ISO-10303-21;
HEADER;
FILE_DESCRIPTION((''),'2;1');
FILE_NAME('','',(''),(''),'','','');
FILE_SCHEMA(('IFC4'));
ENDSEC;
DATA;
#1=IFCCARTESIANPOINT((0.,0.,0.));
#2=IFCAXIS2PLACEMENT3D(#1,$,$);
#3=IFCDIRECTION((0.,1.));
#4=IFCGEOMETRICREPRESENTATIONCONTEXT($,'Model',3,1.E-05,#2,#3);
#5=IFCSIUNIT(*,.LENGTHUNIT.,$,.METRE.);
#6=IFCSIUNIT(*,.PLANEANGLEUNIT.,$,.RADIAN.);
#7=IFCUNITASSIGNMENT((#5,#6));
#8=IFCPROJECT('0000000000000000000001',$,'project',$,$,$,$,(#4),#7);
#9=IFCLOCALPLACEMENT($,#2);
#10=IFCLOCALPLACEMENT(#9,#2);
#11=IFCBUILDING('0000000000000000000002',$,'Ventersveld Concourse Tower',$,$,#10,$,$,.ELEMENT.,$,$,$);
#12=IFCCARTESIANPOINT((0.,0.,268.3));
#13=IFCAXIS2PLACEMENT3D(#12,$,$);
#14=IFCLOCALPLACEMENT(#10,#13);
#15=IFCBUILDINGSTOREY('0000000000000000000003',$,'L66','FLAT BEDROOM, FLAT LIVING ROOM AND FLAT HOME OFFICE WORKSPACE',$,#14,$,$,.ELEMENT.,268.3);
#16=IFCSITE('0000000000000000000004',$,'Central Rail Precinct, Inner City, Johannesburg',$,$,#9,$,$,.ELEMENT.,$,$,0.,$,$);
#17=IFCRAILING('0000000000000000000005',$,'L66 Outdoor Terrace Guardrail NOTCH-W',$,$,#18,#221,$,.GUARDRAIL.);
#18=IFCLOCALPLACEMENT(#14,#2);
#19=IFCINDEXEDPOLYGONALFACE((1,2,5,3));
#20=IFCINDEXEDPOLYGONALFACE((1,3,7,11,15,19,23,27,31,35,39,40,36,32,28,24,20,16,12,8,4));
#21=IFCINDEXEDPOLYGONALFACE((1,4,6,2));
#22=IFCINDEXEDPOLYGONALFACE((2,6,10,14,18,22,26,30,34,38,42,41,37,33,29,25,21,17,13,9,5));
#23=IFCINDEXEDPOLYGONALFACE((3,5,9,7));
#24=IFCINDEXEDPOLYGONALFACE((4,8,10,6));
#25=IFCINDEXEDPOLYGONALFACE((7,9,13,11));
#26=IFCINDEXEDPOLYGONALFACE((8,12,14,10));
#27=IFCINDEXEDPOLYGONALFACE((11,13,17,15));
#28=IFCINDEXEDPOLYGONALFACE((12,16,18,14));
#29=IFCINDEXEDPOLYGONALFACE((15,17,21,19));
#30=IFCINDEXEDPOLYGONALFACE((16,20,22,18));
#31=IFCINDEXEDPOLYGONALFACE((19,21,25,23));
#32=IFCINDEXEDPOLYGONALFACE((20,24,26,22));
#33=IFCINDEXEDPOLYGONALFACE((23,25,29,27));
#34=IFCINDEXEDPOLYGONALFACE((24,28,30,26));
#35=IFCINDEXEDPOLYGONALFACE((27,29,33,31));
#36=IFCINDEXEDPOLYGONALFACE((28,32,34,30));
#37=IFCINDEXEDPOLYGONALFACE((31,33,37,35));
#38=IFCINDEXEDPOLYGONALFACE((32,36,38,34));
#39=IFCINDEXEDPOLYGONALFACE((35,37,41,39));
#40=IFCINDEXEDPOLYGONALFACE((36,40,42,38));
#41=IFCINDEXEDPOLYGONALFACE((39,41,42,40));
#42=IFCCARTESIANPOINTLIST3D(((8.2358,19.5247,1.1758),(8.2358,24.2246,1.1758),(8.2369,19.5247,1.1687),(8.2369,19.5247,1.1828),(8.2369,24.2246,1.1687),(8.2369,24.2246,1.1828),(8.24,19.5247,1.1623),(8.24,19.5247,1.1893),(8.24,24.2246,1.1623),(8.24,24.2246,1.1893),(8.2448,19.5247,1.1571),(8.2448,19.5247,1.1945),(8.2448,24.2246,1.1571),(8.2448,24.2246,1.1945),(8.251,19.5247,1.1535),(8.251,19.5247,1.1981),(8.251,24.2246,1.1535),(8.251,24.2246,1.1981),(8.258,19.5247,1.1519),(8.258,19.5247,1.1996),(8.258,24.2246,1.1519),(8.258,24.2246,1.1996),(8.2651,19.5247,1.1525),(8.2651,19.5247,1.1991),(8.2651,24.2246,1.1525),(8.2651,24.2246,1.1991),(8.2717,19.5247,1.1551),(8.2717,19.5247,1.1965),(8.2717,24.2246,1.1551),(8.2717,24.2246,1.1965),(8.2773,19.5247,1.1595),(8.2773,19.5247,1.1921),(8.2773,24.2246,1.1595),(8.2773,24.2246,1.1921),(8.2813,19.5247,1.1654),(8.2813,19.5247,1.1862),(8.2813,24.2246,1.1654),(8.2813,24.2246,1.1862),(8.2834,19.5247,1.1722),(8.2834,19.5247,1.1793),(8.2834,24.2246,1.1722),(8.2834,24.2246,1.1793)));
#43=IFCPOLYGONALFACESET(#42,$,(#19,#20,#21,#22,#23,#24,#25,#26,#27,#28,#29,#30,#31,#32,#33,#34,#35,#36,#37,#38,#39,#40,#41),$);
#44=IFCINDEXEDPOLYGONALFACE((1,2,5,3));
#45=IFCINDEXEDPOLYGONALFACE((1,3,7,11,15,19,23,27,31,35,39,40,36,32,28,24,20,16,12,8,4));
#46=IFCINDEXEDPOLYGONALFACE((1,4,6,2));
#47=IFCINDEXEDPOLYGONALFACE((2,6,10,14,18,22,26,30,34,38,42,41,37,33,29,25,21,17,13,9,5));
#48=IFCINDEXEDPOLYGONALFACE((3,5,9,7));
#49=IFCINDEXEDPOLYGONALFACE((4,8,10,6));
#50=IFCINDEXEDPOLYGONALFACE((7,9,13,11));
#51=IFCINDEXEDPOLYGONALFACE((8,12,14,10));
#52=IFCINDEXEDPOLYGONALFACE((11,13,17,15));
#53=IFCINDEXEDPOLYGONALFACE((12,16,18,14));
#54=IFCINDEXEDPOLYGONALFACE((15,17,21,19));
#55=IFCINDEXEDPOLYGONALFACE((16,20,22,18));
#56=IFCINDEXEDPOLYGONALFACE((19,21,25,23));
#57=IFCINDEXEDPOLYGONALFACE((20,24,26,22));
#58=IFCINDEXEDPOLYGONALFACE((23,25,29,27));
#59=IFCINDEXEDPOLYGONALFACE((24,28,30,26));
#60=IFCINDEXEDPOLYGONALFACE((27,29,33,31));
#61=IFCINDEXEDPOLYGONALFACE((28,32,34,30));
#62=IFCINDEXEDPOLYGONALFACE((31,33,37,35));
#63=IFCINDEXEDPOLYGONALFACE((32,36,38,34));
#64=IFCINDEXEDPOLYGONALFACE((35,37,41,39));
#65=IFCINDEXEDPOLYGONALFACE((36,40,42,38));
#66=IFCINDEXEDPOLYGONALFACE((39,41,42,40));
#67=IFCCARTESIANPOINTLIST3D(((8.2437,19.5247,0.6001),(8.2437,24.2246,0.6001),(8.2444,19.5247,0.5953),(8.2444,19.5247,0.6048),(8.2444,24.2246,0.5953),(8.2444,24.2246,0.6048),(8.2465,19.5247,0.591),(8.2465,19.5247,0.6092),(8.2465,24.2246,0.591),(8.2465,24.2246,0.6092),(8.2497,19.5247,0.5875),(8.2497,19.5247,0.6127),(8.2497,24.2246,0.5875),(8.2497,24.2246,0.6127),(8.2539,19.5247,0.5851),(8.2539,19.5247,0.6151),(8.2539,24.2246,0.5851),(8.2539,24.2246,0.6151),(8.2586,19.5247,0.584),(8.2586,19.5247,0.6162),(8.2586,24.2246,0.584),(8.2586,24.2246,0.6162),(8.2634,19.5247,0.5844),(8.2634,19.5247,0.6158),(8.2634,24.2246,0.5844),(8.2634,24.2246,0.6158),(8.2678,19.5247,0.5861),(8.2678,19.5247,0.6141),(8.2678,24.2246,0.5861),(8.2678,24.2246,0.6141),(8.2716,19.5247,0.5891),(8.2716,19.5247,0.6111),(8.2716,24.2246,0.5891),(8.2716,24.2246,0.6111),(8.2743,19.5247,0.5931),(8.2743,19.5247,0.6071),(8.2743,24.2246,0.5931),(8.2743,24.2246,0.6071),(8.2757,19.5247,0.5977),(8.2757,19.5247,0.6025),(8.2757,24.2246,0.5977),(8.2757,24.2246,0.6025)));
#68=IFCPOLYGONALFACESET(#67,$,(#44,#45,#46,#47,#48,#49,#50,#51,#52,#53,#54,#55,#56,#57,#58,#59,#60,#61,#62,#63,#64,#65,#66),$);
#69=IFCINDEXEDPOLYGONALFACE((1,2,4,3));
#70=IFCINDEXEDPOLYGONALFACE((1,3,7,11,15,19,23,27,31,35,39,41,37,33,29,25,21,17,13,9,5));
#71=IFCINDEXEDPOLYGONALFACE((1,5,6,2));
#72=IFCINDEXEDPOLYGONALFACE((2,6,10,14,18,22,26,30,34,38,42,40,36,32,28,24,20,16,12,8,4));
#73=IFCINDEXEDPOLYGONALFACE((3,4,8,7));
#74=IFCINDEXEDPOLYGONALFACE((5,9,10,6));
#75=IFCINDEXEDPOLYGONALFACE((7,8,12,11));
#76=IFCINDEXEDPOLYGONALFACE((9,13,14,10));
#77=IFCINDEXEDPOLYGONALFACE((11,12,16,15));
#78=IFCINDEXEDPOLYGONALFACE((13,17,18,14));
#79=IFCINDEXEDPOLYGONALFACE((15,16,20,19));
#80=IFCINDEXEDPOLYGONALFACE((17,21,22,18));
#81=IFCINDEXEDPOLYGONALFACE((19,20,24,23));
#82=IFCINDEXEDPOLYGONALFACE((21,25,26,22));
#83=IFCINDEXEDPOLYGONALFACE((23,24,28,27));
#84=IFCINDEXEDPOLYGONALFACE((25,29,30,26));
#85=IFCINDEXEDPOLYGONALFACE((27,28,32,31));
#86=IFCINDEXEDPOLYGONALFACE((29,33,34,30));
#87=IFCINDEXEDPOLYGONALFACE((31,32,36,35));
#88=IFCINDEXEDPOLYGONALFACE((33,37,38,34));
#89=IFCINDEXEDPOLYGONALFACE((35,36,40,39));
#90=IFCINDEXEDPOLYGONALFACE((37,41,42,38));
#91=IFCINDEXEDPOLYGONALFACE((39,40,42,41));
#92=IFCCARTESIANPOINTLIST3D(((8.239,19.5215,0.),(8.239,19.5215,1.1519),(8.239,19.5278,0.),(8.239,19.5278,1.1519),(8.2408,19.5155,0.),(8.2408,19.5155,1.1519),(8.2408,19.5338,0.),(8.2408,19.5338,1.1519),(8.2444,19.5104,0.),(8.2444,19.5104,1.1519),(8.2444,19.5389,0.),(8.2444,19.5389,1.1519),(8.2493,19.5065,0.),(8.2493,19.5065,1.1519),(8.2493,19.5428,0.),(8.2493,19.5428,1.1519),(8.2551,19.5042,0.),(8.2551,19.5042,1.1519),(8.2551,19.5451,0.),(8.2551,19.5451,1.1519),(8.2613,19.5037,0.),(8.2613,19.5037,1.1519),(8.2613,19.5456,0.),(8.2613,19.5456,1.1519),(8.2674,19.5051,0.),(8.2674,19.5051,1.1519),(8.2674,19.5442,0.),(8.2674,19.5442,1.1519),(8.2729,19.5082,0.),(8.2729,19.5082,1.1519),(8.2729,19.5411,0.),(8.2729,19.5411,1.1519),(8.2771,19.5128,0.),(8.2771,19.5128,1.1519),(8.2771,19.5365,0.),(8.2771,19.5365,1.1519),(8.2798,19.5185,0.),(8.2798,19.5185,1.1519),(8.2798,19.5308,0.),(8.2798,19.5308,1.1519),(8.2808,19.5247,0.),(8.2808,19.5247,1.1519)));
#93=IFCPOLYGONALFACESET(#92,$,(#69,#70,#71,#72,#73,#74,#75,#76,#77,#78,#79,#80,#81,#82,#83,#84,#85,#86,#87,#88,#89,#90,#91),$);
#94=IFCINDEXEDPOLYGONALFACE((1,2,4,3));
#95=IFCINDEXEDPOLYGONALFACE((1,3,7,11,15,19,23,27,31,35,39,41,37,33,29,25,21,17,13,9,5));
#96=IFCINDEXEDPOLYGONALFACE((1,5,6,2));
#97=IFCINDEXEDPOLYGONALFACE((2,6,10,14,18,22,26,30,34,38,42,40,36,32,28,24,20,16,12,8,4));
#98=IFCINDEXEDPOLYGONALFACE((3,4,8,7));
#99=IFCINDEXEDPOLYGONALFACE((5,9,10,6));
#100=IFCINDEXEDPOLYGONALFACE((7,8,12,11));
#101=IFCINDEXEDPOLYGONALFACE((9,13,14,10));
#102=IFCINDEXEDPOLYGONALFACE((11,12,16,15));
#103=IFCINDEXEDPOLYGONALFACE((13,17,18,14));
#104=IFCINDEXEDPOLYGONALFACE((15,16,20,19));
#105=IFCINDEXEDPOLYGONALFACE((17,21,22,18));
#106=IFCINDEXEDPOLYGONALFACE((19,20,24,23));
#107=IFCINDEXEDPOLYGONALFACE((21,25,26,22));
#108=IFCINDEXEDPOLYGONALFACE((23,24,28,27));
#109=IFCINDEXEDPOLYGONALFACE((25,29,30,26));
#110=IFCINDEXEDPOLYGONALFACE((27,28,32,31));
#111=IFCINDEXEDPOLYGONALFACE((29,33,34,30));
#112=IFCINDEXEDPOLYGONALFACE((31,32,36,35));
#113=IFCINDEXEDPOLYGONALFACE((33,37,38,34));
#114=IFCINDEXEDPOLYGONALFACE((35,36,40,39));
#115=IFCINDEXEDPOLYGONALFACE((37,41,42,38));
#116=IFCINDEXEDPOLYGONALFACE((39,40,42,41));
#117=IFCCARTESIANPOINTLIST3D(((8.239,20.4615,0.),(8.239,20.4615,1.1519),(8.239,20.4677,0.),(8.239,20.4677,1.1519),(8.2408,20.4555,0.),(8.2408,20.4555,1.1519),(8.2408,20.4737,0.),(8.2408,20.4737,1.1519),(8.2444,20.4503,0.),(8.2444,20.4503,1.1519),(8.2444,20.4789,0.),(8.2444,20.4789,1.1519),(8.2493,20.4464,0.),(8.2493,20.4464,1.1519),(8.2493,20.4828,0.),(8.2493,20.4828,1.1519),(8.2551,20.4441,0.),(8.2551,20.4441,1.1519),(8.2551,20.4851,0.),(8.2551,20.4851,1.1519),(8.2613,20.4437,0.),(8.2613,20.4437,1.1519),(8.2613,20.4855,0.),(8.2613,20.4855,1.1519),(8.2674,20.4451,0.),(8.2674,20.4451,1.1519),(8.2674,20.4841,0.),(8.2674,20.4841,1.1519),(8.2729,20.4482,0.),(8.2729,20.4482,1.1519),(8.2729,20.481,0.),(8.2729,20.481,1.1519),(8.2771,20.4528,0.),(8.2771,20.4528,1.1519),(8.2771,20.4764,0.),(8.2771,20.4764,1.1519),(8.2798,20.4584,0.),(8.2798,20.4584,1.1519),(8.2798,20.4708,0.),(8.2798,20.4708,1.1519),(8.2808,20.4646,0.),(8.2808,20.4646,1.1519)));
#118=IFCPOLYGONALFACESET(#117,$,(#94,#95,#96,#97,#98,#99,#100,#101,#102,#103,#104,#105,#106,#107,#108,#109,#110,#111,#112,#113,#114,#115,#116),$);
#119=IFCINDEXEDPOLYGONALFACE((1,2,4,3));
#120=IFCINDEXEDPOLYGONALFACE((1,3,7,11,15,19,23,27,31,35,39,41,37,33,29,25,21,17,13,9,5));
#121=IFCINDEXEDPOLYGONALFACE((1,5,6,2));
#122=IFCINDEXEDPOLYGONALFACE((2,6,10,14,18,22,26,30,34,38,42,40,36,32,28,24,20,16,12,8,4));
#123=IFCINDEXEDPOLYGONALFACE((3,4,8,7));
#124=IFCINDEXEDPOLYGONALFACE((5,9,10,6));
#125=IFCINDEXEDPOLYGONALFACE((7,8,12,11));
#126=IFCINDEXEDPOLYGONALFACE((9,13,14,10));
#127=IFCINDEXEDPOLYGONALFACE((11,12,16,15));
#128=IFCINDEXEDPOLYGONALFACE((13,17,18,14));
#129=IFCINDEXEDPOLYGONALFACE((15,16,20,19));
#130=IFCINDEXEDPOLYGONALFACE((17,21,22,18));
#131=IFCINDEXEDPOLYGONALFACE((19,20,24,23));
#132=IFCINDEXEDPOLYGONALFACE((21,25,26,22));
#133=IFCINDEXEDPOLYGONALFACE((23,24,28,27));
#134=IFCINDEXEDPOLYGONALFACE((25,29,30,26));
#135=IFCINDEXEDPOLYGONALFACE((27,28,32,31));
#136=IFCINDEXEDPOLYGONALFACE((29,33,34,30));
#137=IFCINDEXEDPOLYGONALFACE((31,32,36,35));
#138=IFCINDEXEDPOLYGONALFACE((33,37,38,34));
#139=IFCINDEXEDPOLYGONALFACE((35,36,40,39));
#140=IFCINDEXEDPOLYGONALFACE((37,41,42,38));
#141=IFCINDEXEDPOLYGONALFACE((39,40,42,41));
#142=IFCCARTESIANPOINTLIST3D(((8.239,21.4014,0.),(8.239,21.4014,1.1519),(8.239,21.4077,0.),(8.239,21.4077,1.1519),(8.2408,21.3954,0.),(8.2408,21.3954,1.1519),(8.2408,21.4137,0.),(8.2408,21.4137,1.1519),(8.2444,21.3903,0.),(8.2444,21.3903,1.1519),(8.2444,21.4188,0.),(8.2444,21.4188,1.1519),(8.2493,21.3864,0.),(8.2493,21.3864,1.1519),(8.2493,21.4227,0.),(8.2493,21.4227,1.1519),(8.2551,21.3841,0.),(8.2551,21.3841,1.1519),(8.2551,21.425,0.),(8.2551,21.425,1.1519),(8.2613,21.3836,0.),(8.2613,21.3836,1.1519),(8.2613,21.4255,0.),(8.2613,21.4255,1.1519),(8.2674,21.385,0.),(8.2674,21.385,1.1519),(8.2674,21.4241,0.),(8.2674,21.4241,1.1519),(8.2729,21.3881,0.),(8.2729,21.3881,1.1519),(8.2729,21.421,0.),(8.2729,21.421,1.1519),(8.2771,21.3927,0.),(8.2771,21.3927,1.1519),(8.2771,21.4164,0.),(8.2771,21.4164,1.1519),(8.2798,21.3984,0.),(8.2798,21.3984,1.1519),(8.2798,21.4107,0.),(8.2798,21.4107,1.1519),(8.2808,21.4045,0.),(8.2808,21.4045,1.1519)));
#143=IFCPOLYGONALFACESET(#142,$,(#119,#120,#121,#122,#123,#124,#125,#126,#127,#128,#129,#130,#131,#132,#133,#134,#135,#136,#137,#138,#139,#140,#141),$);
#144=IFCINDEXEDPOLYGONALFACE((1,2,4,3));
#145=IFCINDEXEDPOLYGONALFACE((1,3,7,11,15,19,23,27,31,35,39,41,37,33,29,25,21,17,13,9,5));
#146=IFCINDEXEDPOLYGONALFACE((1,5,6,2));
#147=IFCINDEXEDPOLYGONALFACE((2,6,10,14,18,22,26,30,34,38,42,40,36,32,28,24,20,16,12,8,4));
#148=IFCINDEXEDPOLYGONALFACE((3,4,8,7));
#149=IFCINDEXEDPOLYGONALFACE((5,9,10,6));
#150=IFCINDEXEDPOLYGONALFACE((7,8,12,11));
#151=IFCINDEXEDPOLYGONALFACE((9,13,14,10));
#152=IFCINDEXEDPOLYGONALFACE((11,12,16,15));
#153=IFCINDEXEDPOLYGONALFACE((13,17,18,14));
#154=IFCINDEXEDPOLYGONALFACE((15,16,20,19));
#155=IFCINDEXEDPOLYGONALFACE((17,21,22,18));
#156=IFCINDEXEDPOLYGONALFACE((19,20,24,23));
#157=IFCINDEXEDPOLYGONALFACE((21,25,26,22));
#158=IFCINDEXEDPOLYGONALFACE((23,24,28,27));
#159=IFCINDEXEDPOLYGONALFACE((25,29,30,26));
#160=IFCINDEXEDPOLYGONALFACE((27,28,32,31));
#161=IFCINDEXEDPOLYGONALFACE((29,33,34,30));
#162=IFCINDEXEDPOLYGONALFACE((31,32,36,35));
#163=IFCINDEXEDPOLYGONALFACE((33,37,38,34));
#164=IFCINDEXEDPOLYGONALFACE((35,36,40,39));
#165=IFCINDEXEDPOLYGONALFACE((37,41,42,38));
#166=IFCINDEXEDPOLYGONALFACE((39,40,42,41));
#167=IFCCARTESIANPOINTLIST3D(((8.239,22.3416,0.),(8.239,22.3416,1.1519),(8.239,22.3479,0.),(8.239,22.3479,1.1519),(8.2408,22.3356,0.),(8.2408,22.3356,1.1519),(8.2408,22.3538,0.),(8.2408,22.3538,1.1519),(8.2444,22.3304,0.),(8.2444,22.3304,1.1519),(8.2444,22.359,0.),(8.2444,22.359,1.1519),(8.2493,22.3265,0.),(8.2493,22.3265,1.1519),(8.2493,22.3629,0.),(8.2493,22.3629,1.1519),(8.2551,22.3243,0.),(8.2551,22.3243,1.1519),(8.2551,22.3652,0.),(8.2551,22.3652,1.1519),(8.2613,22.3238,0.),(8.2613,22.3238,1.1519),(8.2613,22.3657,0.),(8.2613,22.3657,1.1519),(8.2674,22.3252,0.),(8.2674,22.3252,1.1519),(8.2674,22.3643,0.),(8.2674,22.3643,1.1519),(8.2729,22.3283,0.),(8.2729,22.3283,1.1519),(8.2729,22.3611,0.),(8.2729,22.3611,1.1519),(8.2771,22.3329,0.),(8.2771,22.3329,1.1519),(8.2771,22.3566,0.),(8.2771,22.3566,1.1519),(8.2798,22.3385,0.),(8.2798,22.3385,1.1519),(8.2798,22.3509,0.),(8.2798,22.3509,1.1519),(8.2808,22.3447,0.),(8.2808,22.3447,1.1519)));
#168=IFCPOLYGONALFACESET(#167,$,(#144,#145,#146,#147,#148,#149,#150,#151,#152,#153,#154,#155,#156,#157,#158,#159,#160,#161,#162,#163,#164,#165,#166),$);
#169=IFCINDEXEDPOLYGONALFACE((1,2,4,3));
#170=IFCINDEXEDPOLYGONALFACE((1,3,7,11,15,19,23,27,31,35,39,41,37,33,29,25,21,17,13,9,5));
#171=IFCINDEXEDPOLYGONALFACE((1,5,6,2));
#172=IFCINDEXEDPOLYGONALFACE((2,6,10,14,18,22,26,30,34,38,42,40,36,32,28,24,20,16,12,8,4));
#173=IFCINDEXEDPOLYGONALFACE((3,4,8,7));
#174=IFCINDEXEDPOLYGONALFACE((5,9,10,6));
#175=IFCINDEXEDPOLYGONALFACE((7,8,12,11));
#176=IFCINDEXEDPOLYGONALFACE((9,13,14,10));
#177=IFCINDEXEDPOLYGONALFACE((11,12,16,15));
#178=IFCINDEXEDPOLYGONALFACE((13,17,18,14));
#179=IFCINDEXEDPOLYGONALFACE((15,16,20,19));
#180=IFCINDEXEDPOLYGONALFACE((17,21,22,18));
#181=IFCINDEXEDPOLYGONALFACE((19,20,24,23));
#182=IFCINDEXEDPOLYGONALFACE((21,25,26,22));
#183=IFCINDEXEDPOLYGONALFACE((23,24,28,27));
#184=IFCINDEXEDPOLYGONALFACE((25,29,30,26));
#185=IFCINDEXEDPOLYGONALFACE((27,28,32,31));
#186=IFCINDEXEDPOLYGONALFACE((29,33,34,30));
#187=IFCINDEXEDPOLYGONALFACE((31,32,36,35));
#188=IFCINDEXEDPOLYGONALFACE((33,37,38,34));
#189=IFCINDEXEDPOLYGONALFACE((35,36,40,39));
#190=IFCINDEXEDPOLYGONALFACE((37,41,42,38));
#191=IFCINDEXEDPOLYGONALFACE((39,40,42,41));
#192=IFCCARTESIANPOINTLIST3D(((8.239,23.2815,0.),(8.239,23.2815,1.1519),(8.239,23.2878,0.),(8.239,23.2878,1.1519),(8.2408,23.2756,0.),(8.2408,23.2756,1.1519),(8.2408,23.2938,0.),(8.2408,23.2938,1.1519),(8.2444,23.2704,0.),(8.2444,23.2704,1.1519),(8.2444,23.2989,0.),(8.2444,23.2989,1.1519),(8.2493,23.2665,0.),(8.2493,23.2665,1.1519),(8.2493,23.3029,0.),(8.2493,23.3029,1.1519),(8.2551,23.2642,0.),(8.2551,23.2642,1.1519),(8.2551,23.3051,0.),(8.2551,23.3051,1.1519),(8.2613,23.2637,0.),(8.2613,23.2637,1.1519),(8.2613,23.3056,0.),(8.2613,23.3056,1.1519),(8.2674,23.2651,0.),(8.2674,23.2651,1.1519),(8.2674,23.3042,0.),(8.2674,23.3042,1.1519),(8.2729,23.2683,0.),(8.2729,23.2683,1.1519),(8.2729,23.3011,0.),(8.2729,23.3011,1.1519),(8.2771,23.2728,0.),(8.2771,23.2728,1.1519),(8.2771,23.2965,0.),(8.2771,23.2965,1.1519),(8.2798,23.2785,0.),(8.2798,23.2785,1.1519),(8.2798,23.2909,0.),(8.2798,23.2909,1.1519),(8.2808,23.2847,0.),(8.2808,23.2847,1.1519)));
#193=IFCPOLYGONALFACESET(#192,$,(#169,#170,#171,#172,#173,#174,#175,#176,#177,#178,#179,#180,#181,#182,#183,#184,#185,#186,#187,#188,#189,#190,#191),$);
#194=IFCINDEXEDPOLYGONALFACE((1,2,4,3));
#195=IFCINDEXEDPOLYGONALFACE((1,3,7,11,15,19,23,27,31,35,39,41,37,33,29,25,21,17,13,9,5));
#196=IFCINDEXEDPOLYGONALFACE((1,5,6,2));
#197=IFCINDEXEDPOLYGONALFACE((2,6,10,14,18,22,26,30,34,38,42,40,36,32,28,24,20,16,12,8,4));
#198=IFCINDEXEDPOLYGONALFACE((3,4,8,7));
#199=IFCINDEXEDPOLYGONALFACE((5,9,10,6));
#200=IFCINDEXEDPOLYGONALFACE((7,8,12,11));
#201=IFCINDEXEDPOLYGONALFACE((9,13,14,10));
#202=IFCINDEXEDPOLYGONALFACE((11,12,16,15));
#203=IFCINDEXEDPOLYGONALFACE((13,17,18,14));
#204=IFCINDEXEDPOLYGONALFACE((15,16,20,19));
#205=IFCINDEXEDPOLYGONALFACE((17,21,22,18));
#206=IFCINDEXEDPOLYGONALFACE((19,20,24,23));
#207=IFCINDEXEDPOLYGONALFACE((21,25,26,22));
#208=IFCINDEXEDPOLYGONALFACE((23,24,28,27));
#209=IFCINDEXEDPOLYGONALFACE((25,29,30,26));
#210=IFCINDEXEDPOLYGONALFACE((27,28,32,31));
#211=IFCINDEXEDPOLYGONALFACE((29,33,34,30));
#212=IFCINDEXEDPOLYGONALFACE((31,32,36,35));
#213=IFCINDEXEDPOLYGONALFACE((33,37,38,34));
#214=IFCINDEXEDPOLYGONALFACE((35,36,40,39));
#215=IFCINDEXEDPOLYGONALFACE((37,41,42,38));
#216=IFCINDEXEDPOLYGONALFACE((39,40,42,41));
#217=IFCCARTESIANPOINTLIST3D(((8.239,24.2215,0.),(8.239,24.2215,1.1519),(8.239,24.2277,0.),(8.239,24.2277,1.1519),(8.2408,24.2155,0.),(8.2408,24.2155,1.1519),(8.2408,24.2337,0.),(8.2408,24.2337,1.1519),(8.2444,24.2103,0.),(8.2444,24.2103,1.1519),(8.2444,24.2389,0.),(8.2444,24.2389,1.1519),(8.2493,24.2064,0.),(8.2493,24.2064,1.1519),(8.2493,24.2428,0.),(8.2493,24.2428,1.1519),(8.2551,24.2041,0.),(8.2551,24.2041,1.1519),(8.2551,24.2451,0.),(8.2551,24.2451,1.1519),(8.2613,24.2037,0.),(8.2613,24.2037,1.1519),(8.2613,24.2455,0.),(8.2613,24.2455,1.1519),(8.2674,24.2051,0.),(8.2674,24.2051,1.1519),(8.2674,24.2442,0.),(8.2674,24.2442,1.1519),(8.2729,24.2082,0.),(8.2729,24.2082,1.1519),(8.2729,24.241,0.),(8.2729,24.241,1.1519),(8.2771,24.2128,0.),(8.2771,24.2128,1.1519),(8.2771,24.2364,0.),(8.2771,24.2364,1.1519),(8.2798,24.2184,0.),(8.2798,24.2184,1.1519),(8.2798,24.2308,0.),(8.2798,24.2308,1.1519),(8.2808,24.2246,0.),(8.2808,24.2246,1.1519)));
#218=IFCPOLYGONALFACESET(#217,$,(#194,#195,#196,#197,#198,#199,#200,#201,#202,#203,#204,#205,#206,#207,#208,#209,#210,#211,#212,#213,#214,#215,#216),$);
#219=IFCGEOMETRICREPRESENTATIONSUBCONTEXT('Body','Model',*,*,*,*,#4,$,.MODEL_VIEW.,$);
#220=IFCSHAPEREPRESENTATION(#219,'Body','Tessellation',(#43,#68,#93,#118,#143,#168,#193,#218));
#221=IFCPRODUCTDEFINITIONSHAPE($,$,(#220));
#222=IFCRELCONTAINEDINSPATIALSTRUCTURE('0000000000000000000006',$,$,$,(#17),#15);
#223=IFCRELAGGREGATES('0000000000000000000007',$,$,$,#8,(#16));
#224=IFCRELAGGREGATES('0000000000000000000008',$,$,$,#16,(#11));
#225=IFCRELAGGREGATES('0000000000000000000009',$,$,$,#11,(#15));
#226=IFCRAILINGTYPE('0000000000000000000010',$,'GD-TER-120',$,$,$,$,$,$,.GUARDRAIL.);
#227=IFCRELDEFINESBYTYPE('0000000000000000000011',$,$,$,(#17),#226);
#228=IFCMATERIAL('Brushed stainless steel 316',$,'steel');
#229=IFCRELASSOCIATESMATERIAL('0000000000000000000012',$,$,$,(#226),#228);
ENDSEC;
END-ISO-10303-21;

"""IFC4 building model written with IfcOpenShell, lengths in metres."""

from ifc_helpers import new_model, si_unit, direction, frame, origin, origin_2d, place, context, subcontext, project, spatial, circle, extrude, material, type_object, element, save


model = new_model("IFC4")

# Units and contexts
model_context = context("Model", 3, precision=1e-05, world=origin(), true_north=direction((0.0, 1.0)))
body_context = subcontext(model_context, "Body", "Model", "MODEL_VIEW")
ifc_project = project(units=[si_unit("LENGTHUNIT", "METRE"), si_unit("PLANEANGLEUNIT", "RADIAN")], contexts=[model_context])

# Site, building, storey
site_placement = place(None, origin())
site = spatial("IfcSite", under=ifc_project, at=site_placement, Name="Central Rail Precinct, Inner City, Johannesburg", CompositionType="ELEMENT", RefElevation=0.0)
building_placement = place(site_placement, origin())
building = spatial("IfcBuilding", under=site, at=building_placement, Name="Ventersveld Concourse Tower", CompositionType="ELEMENT")
storey_placement = place(building_placement, frame((0.0, 0.0, 268.3)))
storey = spatial("IfcBuildingStorey", under=building, at=storey_placement, Name="L66", Description="FLAT BEDROOM, FLAT LIVING ROOM AND FLAT HOME OFFICE WORKSPACE", CompositionType="ELEMENT", Elevation=268.3)

# Railing
ifc_material_1 = material(Name="Brushed stainless steel 316", Category="steel")
railing_type = type_object("IfcRailingType", Name="GD-TER-120", PredefinedType="GUARDRAIL", material=ifc_material_1)
railing_placement = place(storey_placement, frame((8.2598, 19.5247, 0.0)))
element("IfcRailing", 1, at=railing_placement, inside=storey, type_object=railing_type, Name="L66 Outdoor Terrace Guardrail NOTCH-W", PredefinedType="GUARDRAIL", context=body_context, shape_type="SweptSolid", body=[
    extrude(circle(Radius=0.0239, at=origin_2d()), frame((0.0, 0.0, 1.1758), z_axis=(0.0, 1.0, 0.0), x_axis=(-1.0, 0.0, 0.0)), (0.0, 0.0, 1.0), 4.7),
    extrude(circle(Radius=0.0161, at=origin_2d()), frame((0.0, 0.0, 0.6001), z_axis=(0.0, 1.0, 0.0), x_axis=(-1.0, 0.0, 0.0)), (0.0, 0.0, 1.0), 4.7),
    extrude(circle(Radius=0.021, at=origin_2d()), origin(), (0.0, 0.0, 1.0), 1.1519),
    extrude(circle(Radius=0.021, at=origin_2d()), frame((0.0, 0.9399, 0.0)), (0.0, 0.0, 1.0), 1.1519),
    extrude(circle(Radius=0.021, at=origin_2d()), frame((0.0, 1.8799, 0.0)), (0.0, 0.0, 1.0), 1.1519),
    extrude(circle(Radius=0.021, at=origin_2d()), frame((0.0, 2.8201, 0.0)), (0.0, 0.0, 1.0), 1.1519),
    extrude(circle(Radius=0.021, at=origin_2d()), frame((0.0, 3.76, 0.0)), (0.0, 0.0, 1.0), 1.1519),
    extrude(circle(Radius=0.021, at=origin_2d()), frame((0.0, 4.7, 0.0)), (0.0, 0.0, 1.0), 1.1519),
])

save(model, "model.ifc")
